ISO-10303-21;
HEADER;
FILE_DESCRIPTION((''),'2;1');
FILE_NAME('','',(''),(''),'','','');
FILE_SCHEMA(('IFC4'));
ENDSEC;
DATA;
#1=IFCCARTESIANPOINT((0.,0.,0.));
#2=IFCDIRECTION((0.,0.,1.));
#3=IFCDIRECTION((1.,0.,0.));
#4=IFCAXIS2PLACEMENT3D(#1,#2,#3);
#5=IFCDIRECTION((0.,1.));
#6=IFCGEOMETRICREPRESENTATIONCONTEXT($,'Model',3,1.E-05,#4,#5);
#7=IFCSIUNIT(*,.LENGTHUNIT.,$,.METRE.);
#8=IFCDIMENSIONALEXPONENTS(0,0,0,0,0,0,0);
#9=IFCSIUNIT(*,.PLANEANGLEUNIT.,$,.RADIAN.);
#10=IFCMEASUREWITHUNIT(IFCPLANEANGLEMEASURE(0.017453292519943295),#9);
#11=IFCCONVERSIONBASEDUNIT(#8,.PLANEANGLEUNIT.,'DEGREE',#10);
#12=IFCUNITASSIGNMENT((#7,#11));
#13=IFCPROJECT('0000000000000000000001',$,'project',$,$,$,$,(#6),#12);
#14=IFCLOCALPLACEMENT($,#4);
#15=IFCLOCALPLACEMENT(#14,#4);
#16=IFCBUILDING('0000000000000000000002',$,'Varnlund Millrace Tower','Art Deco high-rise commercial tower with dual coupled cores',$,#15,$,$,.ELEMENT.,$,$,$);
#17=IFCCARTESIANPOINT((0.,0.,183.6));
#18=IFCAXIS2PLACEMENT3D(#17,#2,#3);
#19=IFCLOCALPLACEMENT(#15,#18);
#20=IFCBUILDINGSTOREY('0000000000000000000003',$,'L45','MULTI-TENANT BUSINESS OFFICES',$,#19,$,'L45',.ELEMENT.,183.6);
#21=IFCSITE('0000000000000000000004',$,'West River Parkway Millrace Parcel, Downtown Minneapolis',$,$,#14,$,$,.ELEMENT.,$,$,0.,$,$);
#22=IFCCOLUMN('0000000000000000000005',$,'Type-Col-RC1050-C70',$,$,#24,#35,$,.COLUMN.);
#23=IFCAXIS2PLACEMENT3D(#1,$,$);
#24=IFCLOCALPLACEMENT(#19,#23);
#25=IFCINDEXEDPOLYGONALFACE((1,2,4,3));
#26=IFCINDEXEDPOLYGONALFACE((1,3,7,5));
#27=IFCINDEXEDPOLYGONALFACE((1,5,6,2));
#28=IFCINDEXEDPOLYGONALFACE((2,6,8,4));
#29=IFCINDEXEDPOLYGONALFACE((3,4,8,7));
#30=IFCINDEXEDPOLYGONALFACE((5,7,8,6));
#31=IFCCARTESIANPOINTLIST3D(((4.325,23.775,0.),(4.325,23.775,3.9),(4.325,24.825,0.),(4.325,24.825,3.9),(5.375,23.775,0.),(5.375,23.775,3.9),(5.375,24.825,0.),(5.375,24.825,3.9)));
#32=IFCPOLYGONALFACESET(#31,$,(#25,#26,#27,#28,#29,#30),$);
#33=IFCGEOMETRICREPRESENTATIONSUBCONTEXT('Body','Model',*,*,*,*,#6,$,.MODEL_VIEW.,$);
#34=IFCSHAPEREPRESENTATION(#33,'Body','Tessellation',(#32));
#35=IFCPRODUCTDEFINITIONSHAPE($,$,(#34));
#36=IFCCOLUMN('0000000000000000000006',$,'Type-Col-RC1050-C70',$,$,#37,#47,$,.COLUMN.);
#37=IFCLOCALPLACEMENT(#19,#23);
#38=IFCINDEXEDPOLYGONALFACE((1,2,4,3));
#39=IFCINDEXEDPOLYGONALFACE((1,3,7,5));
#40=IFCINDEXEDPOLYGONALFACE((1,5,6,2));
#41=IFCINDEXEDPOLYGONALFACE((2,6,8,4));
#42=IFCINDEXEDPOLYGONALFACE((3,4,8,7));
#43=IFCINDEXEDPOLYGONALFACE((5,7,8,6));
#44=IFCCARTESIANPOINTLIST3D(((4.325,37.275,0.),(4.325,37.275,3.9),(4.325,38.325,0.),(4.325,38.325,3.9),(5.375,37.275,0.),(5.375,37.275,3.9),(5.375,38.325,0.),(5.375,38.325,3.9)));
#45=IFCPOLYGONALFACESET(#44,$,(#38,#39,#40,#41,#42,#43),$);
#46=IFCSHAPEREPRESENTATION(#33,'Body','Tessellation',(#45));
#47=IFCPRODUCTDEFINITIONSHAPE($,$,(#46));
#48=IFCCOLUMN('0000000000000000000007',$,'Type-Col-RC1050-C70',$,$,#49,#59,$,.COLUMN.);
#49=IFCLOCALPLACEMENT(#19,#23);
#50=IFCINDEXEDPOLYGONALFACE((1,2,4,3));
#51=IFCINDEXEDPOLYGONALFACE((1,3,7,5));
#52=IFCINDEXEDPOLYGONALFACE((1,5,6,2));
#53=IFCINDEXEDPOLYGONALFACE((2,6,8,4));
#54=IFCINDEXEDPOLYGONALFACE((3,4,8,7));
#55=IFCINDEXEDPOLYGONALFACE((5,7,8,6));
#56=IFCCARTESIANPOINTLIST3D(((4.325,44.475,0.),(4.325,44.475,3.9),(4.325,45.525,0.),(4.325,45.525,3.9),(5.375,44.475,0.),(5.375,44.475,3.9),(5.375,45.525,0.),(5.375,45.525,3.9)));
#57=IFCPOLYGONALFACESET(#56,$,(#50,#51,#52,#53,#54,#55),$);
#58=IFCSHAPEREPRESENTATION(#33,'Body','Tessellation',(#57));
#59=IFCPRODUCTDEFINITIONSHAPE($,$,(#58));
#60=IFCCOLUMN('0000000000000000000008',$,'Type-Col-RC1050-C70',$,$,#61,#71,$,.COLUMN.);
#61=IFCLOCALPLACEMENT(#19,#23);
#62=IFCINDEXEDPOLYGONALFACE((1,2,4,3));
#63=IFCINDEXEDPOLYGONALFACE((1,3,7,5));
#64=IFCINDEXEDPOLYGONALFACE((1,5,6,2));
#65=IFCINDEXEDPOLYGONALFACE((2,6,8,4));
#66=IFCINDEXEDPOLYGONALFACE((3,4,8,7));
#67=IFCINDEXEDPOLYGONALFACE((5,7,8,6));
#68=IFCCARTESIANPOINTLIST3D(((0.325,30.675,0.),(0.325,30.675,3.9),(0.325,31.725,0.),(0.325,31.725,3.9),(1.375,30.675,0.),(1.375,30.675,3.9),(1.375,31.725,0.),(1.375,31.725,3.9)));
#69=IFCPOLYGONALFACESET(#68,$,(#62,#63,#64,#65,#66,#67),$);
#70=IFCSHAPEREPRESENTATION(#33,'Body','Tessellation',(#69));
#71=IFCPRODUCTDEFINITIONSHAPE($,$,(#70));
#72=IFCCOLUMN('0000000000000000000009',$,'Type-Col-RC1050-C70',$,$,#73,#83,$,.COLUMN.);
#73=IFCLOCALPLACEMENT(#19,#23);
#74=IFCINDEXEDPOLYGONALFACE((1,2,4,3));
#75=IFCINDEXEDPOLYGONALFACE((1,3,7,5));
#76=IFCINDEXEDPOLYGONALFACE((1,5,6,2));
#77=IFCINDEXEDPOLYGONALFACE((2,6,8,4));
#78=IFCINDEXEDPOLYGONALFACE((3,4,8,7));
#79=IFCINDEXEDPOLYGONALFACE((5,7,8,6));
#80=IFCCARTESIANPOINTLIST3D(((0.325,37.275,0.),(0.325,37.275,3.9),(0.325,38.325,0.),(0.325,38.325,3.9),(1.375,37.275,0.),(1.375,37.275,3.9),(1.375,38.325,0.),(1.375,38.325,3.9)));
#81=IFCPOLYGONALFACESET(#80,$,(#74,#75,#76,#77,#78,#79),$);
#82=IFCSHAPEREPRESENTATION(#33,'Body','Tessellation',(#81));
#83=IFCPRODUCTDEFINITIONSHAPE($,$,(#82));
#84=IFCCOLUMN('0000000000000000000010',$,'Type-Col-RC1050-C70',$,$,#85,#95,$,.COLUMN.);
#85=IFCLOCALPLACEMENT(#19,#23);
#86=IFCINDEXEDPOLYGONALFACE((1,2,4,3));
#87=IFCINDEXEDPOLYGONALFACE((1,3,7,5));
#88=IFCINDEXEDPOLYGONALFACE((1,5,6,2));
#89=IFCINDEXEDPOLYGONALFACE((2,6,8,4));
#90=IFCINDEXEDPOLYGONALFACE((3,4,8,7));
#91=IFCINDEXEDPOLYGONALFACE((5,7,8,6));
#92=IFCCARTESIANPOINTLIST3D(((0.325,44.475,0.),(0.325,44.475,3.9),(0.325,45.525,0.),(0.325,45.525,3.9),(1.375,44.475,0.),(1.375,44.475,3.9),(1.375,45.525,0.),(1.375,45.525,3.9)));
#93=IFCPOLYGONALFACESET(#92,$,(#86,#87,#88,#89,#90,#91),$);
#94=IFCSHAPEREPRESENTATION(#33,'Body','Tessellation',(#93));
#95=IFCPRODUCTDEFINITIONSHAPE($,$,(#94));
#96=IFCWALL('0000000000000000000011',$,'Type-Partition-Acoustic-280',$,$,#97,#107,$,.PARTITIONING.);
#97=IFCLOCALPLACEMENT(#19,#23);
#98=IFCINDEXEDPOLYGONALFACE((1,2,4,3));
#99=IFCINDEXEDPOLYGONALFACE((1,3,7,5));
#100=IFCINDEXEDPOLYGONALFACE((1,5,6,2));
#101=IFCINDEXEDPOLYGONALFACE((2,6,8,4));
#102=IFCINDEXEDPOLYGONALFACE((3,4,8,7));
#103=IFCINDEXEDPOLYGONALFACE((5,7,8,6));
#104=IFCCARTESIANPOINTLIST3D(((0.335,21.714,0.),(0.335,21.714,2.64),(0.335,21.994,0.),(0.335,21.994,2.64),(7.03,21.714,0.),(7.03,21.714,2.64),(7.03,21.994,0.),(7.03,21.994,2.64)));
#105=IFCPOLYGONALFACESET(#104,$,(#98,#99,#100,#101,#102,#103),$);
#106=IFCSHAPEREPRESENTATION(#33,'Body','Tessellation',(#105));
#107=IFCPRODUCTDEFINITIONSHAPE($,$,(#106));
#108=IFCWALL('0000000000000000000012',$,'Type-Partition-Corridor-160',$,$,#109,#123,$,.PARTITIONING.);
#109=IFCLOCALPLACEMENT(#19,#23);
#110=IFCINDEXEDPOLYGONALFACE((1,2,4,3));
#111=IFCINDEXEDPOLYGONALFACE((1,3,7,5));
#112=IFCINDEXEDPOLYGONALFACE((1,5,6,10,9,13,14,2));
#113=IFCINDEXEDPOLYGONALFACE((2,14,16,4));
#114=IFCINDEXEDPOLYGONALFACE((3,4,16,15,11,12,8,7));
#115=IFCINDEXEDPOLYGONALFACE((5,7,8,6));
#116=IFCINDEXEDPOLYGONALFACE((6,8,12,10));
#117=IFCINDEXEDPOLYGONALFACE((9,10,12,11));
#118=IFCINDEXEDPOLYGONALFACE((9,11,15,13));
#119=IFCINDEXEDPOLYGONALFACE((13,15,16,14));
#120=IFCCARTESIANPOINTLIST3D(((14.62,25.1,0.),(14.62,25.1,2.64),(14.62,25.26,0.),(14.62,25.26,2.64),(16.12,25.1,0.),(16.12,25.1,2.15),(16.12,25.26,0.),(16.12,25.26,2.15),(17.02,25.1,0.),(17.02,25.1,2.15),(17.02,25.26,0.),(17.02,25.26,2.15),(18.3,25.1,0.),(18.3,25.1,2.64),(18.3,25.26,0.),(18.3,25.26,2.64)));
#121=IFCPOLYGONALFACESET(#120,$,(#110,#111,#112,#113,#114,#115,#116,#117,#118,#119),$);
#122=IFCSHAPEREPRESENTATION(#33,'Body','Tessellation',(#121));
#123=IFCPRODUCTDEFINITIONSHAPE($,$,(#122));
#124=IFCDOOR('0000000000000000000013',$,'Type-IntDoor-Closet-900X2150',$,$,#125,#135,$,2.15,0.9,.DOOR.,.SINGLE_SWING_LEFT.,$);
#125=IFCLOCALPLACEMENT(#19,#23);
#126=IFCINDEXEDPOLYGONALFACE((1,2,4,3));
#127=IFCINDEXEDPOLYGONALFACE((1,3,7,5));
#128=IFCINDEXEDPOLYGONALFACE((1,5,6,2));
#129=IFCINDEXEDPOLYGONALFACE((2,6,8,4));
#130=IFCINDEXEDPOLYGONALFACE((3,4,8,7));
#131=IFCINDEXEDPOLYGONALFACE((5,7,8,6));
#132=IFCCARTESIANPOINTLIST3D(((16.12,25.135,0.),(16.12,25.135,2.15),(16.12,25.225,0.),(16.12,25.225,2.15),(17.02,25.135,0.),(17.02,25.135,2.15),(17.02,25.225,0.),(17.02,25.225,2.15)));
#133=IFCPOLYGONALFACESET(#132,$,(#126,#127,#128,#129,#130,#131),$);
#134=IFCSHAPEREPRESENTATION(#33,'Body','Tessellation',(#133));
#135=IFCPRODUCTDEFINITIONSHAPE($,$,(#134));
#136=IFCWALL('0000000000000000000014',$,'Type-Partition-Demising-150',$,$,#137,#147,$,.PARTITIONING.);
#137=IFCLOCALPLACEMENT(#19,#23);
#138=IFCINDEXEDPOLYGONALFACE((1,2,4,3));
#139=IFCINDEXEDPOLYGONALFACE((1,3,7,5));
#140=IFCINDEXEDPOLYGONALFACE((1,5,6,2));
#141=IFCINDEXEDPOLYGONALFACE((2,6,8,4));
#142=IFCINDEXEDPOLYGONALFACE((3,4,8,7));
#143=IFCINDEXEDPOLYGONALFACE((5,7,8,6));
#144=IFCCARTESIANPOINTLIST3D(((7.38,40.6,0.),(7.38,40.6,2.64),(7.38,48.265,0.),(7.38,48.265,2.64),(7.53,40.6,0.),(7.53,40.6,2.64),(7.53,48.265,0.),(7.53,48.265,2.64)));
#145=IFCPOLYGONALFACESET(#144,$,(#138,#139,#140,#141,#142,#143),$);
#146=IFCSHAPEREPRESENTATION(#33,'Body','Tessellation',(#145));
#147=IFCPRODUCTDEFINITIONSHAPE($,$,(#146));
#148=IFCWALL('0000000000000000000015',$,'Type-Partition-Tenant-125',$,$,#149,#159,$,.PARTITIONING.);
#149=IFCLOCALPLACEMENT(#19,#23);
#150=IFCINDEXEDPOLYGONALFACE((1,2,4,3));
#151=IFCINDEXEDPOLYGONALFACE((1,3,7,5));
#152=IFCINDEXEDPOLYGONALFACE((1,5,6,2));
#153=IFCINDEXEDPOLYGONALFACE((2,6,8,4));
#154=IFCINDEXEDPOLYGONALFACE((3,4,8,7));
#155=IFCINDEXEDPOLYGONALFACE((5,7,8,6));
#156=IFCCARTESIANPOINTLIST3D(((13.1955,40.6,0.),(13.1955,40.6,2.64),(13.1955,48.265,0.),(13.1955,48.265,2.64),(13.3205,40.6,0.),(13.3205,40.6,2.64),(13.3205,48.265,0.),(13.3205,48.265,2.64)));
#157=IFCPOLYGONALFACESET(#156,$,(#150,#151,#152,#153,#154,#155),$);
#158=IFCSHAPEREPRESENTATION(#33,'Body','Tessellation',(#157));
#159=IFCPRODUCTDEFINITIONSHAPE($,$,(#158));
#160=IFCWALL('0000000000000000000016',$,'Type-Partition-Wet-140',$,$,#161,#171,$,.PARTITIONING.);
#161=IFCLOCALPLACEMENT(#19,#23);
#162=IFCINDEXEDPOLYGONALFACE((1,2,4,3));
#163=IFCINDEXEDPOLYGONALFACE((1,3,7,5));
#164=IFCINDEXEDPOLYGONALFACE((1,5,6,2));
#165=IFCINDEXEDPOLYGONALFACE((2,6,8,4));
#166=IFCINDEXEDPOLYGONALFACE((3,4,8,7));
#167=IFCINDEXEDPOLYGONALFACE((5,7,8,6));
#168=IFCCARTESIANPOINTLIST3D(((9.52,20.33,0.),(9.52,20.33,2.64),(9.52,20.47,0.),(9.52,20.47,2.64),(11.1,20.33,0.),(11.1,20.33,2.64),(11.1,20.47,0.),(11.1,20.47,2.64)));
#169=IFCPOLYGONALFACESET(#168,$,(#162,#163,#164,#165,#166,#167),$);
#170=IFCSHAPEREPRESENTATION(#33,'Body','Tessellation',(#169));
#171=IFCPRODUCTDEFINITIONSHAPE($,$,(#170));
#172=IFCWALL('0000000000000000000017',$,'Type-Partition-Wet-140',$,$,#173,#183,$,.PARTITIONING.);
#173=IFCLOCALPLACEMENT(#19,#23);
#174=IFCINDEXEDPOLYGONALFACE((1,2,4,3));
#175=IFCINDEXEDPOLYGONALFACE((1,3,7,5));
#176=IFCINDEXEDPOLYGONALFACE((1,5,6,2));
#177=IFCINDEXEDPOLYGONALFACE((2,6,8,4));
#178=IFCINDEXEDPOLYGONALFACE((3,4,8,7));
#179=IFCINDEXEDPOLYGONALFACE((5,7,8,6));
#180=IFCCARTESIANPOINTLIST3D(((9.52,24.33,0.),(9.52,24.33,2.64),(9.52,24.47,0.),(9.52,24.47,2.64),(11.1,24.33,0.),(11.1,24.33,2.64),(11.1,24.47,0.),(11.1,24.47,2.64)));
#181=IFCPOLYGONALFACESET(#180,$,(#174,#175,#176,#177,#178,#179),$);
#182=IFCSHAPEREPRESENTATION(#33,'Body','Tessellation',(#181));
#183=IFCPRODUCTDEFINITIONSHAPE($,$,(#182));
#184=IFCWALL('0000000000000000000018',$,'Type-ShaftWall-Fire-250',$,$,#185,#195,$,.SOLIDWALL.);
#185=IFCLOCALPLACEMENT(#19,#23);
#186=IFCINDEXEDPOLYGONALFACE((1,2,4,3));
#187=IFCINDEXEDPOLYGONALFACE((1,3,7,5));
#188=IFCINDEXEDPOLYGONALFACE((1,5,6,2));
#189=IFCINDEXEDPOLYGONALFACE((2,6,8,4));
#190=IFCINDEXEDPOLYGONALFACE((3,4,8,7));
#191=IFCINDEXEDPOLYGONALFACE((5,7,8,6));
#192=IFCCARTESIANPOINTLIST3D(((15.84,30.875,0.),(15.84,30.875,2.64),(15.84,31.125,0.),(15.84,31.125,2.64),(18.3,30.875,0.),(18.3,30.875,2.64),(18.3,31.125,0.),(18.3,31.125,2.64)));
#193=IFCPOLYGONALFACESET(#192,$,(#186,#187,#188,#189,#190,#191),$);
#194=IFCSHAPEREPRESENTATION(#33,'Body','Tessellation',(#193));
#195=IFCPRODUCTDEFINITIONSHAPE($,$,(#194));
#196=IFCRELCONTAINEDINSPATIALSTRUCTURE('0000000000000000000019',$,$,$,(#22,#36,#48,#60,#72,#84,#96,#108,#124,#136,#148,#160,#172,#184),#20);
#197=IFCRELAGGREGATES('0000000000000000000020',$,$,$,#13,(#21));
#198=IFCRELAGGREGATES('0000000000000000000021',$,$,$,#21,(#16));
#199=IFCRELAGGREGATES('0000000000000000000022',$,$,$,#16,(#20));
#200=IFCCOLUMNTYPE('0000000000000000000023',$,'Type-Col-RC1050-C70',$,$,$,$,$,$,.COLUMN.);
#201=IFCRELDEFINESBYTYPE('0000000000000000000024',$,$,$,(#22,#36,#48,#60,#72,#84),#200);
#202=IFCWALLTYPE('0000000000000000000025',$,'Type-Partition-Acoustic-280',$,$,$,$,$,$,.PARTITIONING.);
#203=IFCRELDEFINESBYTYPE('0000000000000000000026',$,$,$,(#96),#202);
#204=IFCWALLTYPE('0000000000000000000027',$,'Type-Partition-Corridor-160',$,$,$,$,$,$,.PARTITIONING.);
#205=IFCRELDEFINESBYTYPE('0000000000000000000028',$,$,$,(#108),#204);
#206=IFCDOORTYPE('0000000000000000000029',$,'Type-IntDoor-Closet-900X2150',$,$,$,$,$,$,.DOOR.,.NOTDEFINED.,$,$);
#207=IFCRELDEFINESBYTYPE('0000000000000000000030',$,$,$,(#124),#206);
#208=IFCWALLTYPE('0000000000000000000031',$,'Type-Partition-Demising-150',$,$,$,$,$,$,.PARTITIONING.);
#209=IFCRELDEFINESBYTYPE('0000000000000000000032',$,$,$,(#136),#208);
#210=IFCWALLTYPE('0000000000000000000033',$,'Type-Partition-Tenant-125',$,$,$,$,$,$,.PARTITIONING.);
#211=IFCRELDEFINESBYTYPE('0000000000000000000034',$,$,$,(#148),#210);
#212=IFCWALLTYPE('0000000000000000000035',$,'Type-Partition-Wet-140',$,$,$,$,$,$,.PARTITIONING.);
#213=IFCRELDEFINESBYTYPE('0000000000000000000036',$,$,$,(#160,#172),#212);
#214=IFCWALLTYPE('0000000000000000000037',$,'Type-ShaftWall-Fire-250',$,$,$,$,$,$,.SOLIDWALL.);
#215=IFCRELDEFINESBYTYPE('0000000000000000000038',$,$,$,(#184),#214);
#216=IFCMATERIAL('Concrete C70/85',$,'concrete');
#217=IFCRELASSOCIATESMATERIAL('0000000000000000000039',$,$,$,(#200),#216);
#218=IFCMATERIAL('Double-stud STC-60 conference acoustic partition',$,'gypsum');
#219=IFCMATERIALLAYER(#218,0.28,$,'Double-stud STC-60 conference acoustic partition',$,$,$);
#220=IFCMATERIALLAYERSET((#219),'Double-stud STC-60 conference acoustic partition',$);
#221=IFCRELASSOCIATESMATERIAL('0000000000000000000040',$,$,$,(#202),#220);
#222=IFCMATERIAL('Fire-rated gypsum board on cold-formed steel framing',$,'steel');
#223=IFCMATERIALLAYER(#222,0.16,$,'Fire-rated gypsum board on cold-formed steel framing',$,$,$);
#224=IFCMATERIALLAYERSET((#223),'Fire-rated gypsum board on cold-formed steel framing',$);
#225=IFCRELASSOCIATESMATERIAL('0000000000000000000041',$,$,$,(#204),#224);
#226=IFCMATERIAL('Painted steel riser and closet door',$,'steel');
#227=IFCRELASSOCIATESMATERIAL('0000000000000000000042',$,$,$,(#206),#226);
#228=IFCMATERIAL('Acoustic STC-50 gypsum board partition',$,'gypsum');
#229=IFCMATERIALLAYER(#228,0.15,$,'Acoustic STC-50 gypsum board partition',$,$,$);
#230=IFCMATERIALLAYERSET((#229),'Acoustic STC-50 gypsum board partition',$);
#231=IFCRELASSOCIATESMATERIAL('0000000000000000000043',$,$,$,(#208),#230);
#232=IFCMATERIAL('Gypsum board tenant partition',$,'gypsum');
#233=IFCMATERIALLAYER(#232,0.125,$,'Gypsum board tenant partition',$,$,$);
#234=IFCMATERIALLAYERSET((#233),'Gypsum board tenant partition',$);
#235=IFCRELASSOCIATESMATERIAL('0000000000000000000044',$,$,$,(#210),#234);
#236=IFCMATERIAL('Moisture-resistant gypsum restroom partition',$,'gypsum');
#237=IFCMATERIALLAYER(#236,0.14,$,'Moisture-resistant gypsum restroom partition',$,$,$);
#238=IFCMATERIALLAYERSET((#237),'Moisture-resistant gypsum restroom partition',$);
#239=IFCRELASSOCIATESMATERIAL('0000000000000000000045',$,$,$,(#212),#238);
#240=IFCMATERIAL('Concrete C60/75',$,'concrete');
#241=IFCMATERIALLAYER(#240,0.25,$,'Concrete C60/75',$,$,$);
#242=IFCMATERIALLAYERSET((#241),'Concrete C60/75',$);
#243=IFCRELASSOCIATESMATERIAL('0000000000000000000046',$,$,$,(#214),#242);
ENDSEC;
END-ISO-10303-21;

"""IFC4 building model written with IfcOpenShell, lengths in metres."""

from ifc_helpers import new_model, entity, si_unit, converted_unit, direction, frame, origin_with_axes, origin_2d_with_axis, place, context, subcontext, project, spatial, polyline, rectangle, outline, extrude, material, layer, layer_set, material_profile, profile_set, type_object, element, fill, save


model = new_model("IFC4")

# Units and contexts
model_context = context("Model", 3, precision=1e-05, world=origin_with_axes(), true_north=direction((0.0, 1.0)))
body_context = subcontext(model_context, "Body", "Model", "MODEL_VIEW")
ifc_project = project(units=[si_unit("LENGTHUNIT", "METRE"), converted_unit("PLANEANGLEUNIT", "DEGREE", entity("IfcPlaneAngleMeasure", 0.017453292519943295), si_unit("PLANEANGLEUNIT", "RADIAN"), dimensions=[0, 0, 0, 0, 0, 0, 0])], contexts=[model_context])

# Site, building, storey
site_placement = place(None, origin_with_axes())
site = spatial("IfcSite", under=ifc_project, at=site_placement, Name="West River Parkway Millrace Parcel, Downtown Minneapolis", CompositionType="ELEMENT", RefElevation=0.0)
building_placement = place(site_placement, origin_with_axes())
building = spatial("IfcBuilding", under=site, at=building_placement, Name="Varnlund Millrace Tower", Description="Art Deco high-rise commercial tower with dual coupled cores", CompositionType="ELEMENT")
storey_placement = place(building_placement, frame((0.0, 0.0, 183.6), z_axis=(0.0, 0.0, 1.0), x_axis=(1.0, 0.0, 0.0)))
storey = spatial("IfcBuildingStorey", under=building, at=storey_placement, Name="L45", Description="MULTI-TENANT BUSINESS OFFICES", LongName="L45", CompositionType="ELEMENT", Elevation=183.6)

# Columns
ifc_material_1 = material(Name="Concrete C70/85", Category="concrete")
ifc_material_profile = material_profile(ifc_material_1, rectangle(XDim=1.05, YDim=1.05, at=origin_2d_with_axis()), Name="Concrete C70/85")
ifc_profile_set = profile_set([ifc_material_profile], Name="Concrete C70/85")
column_type = type_object("IfcColumnType", Name="Type-Col-RC1050-C70", PredefinedType="COLUMN", material=ifc_profile_set)
for number, where, z_axis, x_axis, name in (
    (1, (4.85, 24.3, 0.0), (0.0, 0.0, 1.0), (1.0, 0.0, 0.0), "Type-Col-RC1050-C70"),
    (2, (4.85, 37.8, 0.0), (0.0, 0.0, 1.0), (1.0, 0.0, 0.0), "Type-Col-RC1050-C70"),
    (3, (4.85, 45.0, 0.0), (0.0, 0.0, 1.0), (1.0, 0.0, 0.0), "Type-Col-RC1050-C70"),
    (4, (0.85, 31.2, 0.0), (0.0, 0.0, 1.0), (1.0, 0.0, 0.0), "Type-Col-RC1050-C70"),
    (5, (0.85, 37.8, 0.0), (0.0, 0.0, 1.0), (1.0, 0.0, 0.0), "Type-Col-RC1050-C70"),
    (6, (0.85, 45.0, 0.0), (0.0, 0.0, 1.0), (1.0, 0.0, 0.0), "Type-Col-RC1050-C70"),
):
    element("IfcColumn", number, at=place(storey_placement, frame(where, z_axis=z_axis, x_axis=x_axis)), inside=storey, type_object=column_type, Name=name, PredefinedType="COLUMN", context=body_context, shape_type="SweptSolid", body=[
        extrude(rectangle(XDim=1.05, YDim=1.05, at=origin_2d_with_axis()), origin_with_axes(), (0.0, 0.0, 1.0), 3.9),
    ])

# Wall
ifc_material_2 = material(Name="Double-stud STC-60 conference acoustic partition", Category="gypsum")
ifc_layer_1 = layer(ifc_material_2, 0.28, Name="Double-stud STC-60 conference acoustic partition")
ifc_layer_set_1 = layer_set([ifc_layer_1], Name="Double-stud STC-60 conference acoustic partition")
wall_type_1 = type_object("IfcWallType", Name="Type-Partition-Acoustic-280", PredefinedType="PARTITIONING", material=ifc_layer_set_1)
wall_1_placement = place(storey_placement, frame((0.335, 21.854, 0.0), z_axis=(0.0, 0.0, 1.0), x_axis=(1.0, 0.0, 0.0)))
element("IfcWall", 7, at=wall_1_placement, inside=storey, type_object=wall_type_1, Name="Type-Partition-Acoustic-280", PredefinedType="PARTITIONING", context=body_context, shape_type="SweptSolid", body=[
    extrude(outline(polyline([(0.0, -0.14), (6.695, -0.14), (6.695, 0.14), (0.0, 0.14), (0.0, -0.14)])), origin_with_axes(), (0.0, 0.0, 1.0), 2.64),
])

# Wall, opening, door
ifc_material_3 = material(Name="Fire-rated gypsum board on cold-formed steel framing", Category="steel")
ifc_layer_2 = layer(ifc_material_3, 0.16, Name="Fire-rated gypsum board on cold-formed steel framing")
ifc_layer_set_2 = layer_set([ifc_layer_2], Name="Fire-rated gypsum board on cold-formed steel framing")
wall_type_2 = type_object("IfcWallType", Name="Type-Partition-Corridor-160", PredefinedType="PARTITIONING", material=ifc_layer_set_2)
wall_2_placement = place(storey_placement, frame((14.62, 25.18, 0.0), z_axis=(0.0, 0.0, 1.0), x_axis=(1.0, 0.0, 0.0)))
wall_2 = element("IfcWall", 8, at=wall_2_placement, inside=storey, type_object=wall_type_2, Name="Type-Partition-Corridor-160", PredefinedType="PARTITIONING", context=body_context, shape_type="SweptSolid", body=[
    extrude(outline(polyline([(0.0, -0.08), (3.68, -0.08), (3.68, 0.08), (0.0, 0.08), (0.0, -0.08)])), origin_with_axes(), (0.0, 0.0, 1.0), 2.64),
])
opening_1_placement = place(wall_2_placement, frame((1.95, 0.0, 0.0), z_axis=(0.0, 0.0, 1.0), x_axis=(1.0, 0.0, 0.0)))
opening_1 = element("IfcOpeningElement", 9, at=opening_1_placement, cuts=wall_2, PredefinedType="OPENING", context=body_context, shape_type="SweptSolid", body=[
    extrude(rectangle(XDim=0.9, YDim=0.18, at=origin_2d_with_axis()), origin_with_axes(), (0.0, 0.0, 1.0), 2.15),
])
ifc_material_4 = material(Name="Painted steel riser and closet door", Category="steel")
door_type_1 = type_object("IfcDoorType", Name="Type-IntDoor-Closet-900X2150", OperationType="NOTDEFINED", PredefinedType="DOOR", material=ifc_material_4)
door_1_placement = place(wall_2_placement, frame((1.95, 0.0, 0.0), z_axis=(0.0, 0.0, 1.0), x_axis=(1.0, 0.0, 0.0)))
door_1 = element("IfcDoor", 10, at=door_1_placement, inside=storey, type_object=door_type_1, Name="Type-IntDoor-Closet-900X2150", OperationType="SINGLE_SWING_LEFT", OverallHeight=2.15, OverallWidth=0.9, PredefinedType="DOOR", context=body_context, shape_type="SweptSolid", body=[
    extrude(rectangle(XDim=0.9, YDim=0.09, at=origin_2d_with_axis()), origin_with_axes(), (0.0, 0.0, 1.0), 2.15),
])
fill(opening_1, door_1)

# Walls
ifc_material_5 = material(Name="Acoustic STC-50 gypsum board partition", Category="gypsum")
ifc_layer_3 = layer(ifc_material_5, 0.15, Name="Acoustic STC-50 gypsum board partition")
ifc_layer_set_3 = layer_set([ifc_layer_3], Name="Acoustic STC-50 gypsum board partition")
wall_type_3 = type_object("IfcWallType", Name="Type-Partition-Demising-150", PredefinedType="PARTITIONING", material=ifc_layer_set_3)
wall_3_placement = place(storey_placement, frame((7.455, 40.6, 0.0), z_axis=(0.0, 0.0, 1.0), x_axis=(0.0, 1.0, 0.0)))
element("IfcWall", 11, at=wall_3_placement, inside=storey, type_object=wall_type_3, Name="Type-Partition-Demising-150", PredefinedType="PARTITIONING", context=body_context, shape_type="SweptSolid", body=[
    extrude(outline(polyline([(0.0, -0.075), (7.665, -0.075), (7.665, 0.075), (0.0, 0.075), (0.0, -0.075)])), origin_with_axes(), (0.0, 0.0, 1.0), 2.64),
])
ifc_material_6 = material(Name="Gypsum board tenant partition", Category="gypsum")
ifc_layer_4 = layer(ifc_material_6, 0.125, Name="Gypsum board tenant partition")
ifc_layer_set_4 = layer_set([ifc_layer_4], Name="Gypsum board tenant partition")
wall_type_4 = type_object("IfcWallType", Name="Type-Partition-Tenant-125", PredefinedType="PARTITIONING", material=ifc_layer_set_4)
wall_4_placement = place(storey_placement, frame((13.258, 40.6, 0.0), z_axis=(0.0, 0.0, 1.0), x_axis=(0.0, 1.0, 0.0)))
element("IfcWall", 12, at=wall_4_placement, inside=storey, type_object=wall_type_4, Name="Type-Partition-Tenant-125", PredefinedType="PARTITIONING", context=body_context, shape_type="SweptSolid", body=[
    extrude(outline(polyline([(0.0, -0.0625), (7.665, -0.0625), (7.665, 0.0625), (0.0, 0.0625), (0.0, -0.0625)])), origin_with_axes(), (0.0, 0.0, 1.0), 2.64),
])
ifc_material_7 = material(Name="Moisture-resistant gypsum restroom partition", Category="gypsum")
ifc_layer_5 = layer(ifc_material_7, 0.14, Name="Moisture-resistant gypsum restroom partition")
ifc_layer_set_5 = layer_set([ifc_layer_5], Name="Moisture-resistant gypsum restroom partition")
wall_type_5 = type_object("IfcWallType", Name="Type-Partition-Wet-140", PredefinedType="PARTITIONING", material=ifc_layer_set_5)
for number, where, z_axis, x_axis, name in (
    (13, (9.52, 20.4, 0.0), (0.0, 0.0, 1.0), (1.0, 0.0, 0.0), "Type-Partition-Wet-140"),
    (14, (9.52, 24.4, 0.0), (0.0, 0.0, 1.0), (1.0, 0.0, 0.0), "Type-Partition-Wet-140"),
):
    element("IfcWall", number, at=place(storey_placement, frame(where, z_axis=z_axis, x_axis=x_axis)), inside=storey, type_object=wall_type_5, Name=name, PredefinedType="PARTITIONING", context=body_context, shape_type="SweptSolid", body=[
        extrude(outline(polyline([(0.0, -0.07), (1.58, -0.07), (1.58, 0.07), (0.0, 0.07), (0.0, -0.07)])), origin_with_axes(), (0.0, 0.0, 1.0), 2.64),
    ])
ifc_material_8 = material(Name="Concrete C60/75", Category="concrete")
ifc_layer_6 = layer(ifc_material_8, 0.25, Name="Concrete C60/75")
ifc_layer_set_6 = layer_set([ifc_layer_6], Name="Concrete C60/75")
wall_type_6 = type_object("IfcWallType", Name="Type-ShaftWall-Fire-250", PredefinedType="SOLIDWALL", material=ifc_layer_set_6)
for number, where, z_axis, x_axis, name in (
    (15, (15.84, 31.0, 0.0), (0.0, 0.0, 1.0), (1.0, 0.0, 0.0), "Type-ShaftWall-Fire-250"),
):
    element("IfcWall", number, at=place(storey_placement, frame(where, z_axis=z_axis, x_axis=x_axis)), inside=storey, type_object=wall_type_6, Name=name, PredefinedType="SOLIDWALL", context=body_context, shape_type="SweptSolid", body=[
        extrude(outline(polyline([(0.0, -0.125), (2.46, -0.125), (2.46, 0.125), (0.0, 0.125), (0.0, -0.125)])), origin_with_axes(), (0.0, 0.0, 1.0), 2.64),
    ])

save(model, "model.ifc")
